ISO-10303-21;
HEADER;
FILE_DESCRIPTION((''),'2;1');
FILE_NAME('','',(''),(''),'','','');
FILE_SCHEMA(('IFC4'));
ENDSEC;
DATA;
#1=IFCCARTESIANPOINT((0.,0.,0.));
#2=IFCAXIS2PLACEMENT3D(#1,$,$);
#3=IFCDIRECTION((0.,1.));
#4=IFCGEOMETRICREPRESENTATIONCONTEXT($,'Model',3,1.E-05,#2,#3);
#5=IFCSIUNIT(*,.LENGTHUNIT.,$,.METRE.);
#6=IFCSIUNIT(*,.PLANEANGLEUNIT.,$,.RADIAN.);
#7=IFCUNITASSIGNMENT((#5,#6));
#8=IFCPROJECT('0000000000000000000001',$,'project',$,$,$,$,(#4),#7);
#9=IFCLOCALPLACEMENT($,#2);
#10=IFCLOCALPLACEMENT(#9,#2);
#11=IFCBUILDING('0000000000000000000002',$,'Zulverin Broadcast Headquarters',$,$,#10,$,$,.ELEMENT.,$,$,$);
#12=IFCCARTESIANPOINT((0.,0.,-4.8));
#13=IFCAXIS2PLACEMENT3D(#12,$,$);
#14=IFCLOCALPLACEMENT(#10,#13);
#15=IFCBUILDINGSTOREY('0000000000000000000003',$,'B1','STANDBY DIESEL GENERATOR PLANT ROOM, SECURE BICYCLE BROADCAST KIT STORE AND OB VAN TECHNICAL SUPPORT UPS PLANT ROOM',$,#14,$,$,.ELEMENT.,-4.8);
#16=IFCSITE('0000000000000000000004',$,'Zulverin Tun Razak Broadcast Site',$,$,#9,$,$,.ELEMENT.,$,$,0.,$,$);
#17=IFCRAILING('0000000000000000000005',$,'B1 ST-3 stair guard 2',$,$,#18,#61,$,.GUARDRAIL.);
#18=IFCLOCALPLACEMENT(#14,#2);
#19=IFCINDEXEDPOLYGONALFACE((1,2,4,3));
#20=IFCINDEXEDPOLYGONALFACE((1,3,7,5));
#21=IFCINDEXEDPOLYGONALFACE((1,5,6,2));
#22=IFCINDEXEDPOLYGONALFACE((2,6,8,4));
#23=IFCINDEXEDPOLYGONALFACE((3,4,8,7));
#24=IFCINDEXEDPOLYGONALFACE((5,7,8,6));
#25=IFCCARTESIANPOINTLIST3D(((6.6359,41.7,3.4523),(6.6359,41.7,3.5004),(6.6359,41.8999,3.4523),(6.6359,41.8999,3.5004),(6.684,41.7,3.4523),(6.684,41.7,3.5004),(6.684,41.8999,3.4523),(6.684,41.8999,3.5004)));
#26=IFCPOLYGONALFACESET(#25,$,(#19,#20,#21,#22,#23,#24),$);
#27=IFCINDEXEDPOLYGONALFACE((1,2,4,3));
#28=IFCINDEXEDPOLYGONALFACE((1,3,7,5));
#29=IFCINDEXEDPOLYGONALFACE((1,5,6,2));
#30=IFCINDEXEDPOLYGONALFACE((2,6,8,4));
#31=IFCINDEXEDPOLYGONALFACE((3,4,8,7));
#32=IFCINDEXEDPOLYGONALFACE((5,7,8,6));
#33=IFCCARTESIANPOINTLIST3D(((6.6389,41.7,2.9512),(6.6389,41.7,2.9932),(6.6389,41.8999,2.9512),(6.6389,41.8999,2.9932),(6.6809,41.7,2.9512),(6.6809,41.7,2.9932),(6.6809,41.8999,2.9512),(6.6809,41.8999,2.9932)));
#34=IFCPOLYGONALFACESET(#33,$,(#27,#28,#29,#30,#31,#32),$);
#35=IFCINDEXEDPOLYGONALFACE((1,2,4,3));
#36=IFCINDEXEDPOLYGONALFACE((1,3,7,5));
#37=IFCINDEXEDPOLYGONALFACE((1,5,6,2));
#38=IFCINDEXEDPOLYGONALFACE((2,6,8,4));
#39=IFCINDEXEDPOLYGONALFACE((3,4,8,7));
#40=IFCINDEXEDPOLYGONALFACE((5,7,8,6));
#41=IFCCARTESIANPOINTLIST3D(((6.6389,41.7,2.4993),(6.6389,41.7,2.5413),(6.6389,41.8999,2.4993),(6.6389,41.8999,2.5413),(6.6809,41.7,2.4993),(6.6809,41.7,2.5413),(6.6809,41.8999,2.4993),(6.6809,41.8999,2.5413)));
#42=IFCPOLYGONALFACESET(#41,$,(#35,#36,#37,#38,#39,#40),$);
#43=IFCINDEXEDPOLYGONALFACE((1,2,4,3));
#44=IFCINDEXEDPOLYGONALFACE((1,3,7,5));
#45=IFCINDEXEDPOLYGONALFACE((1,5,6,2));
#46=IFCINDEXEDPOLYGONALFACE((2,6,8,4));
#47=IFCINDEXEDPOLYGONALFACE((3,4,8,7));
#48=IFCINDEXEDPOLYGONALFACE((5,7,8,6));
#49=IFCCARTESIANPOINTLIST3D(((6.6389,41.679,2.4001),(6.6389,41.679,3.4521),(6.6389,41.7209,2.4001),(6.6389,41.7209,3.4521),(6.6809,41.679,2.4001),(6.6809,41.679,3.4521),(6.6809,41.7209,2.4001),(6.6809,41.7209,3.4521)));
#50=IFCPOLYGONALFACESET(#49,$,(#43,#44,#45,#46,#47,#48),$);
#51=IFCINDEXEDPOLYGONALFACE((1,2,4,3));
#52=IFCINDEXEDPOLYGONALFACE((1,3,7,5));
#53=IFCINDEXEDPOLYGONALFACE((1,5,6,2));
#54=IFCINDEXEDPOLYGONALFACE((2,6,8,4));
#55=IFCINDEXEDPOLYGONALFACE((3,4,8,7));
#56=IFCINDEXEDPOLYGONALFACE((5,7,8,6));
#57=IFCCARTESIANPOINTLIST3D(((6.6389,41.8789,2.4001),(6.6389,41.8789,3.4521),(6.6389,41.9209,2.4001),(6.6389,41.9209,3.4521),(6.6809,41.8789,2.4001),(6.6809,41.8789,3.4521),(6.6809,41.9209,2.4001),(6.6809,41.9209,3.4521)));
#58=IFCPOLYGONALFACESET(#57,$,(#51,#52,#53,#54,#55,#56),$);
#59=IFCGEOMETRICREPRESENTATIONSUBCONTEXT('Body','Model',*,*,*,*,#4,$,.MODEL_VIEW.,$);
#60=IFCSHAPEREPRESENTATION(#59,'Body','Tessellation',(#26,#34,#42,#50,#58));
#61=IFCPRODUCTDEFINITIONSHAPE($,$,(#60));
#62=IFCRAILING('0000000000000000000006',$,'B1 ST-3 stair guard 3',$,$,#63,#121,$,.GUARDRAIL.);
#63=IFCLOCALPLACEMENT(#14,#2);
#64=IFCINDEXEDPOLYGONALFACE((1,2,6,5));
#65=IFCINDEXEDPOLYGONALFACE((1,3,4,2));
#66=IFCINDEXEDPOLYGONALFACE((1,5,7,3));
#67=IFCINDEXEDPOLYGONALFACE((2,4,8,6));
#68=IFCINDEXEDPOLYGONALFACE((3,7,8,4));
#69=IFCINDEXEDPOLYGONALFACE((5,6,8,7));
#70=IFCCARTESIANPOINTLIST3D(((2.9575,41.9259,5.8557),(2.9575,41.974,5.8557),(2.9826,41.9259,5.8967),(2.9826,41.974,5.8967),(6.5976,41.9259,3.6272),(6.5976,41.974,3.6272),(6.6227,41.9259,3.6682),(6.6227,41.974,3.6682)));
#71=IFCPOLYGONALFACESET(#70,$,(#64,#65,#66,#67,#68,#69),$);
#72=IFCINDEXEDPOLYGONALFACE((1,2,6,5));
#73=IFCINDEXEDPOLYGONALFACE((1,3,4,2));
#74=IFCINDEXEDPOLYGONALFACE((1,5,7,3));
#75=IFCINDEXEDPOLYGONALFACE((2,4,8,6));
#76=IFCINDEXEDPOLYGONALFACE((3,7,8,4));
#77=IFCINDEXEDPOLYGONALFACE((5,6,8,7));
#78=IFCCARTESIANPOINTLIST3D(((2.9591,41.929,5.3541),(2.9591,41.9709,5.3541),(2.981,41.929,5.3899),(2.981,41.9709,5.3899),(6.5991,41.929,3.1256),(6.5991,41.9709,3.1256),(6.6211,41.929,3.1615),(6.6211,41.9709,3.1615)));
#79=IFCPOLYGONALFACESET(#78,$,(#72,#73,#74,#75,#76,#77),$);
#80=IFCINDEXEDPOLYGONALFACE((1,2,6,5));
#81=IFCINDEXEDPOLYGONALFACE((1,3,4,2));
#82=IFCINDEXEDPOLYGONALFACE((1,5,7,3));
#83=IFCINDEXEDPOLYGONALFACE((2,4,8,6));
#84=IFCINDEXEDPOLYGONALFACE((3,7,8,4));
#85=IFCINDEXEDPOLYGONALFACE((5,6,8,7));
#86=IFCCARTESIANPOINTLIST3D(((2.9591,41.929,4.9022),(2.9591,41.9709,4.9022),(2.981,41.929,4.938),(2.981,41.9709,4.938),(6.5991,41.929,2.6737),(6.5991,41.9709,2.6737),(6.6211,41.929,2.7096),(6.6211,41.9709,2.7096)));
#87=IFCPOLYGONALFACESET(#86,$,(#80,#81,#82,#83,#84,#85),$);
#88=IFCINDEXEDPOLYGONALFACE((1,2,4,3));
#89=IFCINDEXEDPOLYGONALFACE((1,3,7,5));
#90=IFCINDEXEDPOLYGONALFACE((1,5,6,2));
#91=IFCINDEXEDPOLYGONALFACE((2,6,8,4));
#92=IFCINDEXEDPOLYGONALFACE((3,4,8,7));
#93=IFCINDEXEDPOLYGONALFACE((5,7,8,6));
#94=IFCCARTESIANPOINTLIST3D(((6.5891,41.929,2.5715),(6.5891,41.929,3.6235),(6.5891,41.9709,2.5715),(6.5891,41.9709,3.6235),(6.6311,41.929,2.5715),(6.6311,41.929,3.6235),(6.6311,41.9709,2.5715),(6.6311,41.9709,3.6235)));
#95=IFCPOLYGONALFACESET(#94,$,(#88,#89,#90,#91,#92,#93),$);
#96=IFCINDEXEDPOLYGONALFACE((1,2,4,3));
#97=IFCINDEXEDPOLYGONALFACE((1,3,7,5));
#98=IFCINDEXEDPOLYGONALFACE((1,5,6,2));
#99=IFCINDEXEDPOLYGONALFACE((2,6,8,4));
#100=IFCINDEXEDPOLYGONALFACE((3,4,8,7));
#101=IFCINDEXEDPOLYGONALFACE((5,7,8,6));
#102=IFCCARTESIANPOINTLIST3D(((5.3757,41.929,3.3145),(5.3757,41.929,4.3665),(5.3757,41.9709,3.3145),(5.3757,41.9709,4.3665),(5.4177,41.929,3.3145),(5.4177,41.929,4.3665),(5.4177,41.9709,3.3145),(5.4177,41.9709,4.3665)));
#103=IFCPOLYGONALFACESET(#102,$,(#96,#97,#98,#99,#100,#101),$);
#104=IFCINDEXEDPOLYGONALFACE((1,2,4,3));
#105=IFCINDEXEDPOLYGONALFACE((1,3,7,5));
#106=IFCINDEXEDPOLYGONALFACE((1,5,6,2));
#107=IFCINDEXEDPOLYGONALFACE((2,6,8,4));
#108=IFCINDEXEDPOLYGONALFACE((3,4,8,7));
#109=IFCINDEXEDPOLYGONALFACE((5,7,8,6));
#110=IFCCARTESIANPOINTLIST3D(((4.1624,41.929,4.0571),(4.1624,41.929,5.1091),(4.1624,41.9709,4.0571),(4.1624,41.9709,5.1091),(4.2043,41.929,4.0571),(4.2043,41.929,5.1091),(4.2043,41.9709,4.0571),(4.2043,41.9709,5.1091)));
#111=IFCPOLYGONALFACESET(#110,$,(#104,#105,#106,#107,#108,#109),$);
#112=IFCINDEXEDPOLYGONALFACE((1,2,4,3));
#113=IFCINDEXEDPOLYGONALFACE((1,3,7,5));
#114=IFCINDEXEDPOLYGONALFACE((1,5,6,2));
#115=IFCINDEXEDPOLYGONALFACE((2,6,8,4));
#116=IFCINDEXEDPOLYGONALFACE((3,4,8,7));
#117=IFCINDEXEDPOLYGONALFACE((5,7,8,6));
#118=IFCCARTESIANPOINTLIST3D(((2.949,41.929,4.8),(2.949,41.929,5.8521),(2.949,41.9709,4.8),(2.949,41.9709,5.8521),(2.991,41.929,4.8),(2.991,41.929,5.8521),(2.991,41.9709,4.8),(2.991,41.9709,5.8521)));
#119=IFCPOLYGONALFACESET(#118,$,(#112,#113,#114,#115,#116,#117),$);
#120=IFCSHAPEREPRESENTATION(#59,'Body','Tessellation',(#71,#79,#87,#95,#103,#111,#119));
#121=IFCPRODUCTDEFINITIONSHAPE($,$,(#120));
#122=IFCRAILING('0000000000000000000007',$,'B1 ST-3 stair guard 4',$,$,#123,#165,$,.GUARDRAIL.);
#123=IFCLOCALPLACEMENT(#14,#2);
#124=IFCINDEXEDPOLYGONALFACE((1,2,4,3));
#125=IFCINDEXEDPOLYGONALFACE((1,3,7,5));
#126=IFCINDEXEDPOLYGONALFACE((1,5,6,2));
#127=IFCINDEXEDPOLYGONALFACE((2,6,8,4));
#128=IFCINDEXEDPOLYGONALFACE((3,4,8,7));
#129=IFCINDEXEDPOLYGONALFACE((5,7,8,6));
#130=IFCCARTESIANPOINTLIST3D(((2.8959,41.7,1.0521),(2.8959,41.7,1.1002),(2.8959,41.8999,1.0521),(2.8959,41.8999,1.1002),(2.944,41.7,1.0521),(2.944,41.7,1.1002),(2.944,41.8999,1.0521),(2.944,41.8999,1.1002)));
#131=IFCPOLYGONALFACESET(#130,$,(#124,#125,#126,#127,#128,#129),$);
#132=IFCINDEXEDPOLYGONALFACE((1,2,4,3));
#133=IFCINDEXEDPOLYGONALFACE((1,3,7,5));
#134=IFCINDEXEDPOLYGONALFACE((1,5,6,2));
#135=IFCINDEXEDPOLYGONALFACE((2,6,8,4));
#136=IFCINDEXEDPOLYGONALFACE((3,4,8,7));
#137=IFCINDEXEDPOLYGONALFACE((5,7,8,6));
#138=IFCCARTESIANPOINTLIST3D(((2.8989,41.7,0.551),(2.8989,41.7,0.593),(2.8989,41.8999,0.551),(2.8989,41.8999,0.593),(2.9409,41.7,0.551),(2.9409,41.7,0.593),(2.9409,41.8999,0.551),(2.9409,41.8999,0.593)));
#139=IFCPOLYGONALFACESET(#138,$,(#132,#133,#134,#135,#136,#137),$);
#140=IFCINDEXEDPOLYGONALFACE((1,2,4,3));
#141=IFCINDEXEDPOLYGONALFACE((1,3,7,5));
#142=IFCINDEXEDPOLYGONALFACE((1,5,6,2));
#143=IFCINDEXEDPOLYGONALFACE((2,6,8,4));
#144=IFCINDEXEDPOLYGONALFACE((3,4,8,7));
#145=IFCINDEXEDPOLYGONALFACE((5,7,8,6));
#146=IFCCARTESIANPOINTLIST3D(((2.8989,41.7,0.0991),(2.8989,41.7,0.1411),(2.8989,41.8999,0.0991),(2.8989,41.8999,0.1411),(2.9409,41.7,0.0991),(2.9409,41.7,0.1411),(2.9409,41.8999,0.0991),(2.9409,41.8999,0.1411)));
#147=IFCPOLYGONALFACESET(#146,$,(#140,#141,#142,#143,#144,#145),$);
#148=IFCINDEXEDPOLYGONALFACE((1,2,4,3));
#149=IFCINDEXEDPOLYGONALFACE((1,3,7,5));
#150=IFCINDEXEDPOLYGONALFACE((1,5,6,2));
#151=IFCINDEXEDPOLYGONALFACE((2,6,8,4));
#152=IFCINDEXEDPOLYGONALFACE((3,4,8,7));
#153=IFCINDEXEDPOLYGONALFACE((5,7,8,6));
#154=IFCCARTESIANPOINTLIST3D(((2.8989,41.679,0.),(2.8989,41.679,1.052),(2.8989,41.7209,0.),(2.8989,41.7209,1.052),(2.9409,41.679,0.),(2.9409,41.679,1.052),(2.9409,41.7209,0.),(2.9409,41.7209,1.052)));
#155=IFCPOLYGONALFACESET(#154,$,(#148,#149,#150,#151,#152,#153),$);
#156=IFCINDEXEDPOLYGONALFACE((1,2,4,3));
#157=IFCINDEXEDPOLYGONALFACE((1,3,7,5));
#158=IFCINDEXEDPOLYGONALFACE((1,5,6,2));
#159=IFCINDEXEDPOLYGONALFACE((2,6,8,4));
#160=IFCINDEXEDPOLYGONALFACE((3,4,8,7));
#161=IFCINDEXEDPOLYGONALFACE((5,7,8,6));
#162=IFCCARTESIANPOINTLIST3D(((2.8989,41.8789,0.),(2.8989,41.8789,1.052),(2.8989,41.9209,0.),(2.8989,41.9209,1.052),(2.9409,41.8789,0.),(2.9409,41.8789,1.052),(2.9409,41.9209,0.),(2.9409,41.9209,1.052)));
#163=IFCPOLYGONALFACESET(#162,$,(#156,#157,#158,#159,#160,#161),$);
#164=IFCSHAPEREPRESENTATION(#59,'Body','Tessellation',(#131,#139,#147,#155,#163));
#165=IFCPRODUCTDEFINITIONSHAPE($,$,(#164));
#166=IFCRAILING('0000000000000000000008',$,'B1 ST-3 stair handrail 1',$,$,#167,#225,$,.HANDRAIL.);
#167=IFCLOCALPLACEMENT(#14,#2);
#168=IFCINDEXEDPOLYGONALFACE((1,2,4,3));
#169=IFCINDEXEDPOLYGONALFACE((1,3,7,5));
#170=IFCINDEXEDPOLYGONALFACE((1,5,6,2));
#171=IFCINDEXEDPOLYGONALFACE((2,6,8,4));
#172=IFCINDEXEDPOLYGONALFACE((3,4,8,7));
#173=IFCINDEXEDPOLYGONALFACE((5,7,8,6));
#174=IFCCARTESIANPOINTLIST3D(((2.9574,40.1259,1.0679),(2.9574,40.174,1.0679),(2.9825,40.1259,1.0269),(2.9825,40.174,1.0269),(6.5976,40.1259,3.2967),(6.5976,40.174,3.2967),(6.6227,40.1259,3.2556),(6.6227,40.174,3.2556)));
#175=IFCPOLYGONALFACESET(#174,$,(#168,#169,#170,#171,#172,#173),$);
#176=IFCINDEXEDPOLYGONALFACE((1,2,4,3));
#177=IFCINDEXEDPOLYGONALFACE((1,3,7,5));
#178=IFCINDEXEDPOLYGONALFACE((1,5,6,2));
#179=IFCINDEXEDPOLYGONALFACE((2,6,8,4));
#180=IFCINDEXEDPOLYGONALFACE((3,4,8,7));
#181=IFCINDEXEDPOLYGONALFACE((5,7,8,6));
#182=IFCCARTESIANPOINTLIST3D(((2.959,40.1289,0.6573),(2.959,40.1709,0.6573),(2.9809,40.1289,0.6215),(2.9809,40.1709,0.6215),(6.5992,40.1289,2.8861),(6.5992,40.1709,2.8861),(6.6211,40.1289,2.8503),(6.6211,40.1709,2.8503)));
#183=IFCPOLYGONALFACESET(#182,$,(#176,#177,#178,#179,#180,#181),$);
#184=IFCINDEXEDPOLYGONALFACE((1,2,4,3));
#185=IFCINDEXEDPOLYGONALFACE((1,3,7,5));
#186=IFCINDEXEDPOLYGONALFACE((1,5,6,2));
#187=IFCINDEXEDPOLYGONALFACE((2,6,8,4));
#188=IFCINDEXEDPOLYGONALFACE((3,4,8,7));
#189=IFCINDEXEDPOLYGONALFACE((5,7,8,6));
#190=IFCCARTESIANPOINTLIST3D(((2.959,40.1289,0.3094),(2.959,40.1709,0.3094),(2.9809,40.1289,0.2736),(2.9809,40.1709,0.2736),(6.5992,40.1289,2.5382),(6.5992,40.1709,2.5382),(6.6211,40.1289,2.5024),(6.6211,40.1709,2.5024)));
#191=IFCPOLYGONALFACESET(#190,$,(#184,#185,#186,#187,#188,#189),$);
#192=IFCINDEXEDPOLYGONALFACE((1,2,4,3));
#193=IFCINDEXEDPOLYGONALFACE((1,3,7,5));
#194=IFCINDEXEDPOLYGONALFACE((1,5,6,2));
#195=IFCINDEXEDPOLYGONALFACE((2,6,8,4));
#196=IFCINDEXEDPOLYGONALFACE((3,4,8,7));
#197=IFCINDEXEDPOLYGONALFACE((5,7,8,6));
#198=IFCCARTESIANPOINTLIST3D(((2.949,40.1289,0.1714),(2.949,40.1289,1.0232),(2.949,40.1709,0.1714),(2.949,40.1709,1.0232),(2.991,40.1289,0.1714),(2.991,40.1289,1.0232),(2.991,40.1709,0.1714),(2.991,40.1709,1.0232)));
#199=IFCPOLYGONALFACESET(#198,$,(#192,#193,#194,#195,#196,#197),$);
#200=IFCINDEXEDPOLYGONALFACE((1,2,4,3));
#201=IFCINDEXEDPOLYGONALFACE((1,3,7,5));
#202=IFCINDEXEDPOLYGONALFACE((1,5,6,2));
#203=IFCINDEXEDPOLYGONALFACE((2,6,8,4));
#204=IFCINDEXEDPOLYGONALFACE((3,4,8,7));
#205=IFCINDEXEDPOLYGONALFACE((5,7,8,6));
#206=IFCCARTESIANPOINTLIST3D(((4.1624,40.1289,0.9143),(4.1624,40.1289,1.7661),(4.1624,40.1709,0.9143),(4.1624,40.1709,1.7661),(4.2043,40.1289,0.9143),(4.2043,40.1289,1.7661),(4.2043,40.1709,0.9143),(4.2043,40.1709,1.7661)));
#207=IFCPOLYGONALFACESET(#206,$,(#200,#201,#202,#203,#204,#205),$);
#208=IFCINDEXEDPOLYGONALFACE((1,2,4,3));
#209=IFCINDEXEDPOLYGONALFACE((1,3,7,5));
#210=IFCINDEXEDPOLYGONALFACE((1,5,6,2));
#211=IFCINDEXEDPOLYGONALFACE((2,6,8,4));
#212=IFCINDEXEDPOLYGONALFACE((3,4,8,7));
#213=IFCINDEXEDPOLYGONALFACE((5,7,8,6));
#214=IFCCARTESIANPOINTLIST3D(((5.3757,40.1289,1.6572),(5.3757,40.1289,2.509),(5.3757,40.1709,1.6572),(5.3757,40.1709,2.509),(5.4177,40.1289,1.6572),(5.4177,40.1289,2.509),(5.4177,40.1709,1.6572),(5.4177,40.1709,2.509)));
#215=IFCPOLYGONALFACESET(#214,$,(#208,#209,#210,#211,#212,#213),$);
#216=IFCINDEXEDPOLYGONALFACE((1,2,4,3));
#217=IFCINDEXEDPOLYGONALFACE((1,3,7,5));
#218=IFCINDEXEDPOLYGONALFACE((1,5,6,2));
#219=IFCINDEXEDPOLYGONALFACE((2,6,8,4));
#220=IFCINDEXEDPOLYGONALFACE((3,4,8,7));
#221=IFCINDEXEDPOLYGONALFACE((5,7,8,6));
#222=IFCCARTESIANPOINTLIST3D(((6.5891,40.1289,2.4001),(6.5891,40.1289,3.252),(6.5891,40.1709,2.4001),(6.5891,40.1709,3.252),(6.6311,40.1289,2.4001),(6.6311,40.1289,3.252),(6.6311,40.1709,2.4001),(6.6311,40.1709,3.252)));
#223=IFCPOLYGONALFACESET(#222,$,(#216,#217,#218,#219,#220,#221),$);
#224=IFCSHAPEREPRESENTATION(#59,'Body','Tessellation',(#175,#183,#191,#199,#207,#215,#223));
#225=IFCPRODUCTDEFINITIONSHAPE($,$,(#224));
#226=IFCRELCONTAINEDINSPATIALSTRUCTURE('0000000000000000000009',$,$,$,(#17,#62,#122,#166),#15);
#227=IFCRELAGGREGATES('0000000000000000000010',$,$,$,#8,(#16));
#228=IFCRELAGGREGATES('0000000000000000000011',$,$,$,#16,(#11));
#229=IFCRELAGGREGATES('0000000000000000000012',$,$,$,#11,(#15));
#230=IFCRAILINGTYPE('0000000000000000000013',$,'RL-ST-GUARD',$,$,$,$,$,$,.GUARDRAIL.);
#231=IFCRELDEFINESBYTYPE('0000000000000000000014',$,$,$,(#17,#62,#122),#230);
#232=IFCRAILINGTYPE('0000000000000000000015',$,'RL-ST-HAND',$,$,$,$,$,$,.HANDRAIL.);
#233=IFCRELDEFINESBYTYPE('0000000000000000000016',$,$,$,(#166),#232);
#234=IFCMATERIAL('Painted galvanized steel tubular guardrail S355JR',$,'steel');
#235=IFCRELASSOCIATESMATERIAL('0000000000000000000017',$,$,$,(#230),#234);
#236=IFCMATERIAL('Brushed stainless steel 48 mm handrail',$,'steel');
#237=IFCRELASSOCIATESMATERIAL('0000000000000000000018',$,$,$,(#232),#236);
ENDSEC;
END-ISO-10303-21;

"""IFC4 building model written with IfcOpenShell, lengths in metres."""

from ifc_helpers import new_model, si_unit, direction, frame, origin, origin_2d, place, context, subcontext, project, spatial, rectangle, extrude, material, type_object, element, save


model = new_model("IFC4")

# Units and contexts
model_context = context("Model", 3, precision=1e-05, world=origin(), true_north=direction((0.0, 1.0)))
body_context = subcontext(model_context, "Body", "Model", "MODEL_VIEW")
ifc_project = project(units=[si_unit("LENGTHUNIT", "METRE"), si_unit("PLANEANGLEUNIT", "RADIAN")], contexts=[model_context])

# Site, building, storey
site_placement = place(None, origin())
site = spatial("IfcSite", under=ifc_project, at=site_placement, Name="Zulverin Tun Razak Broadcast Site", CompositionType="ELEMENT", RefElevation=0.0)
building_placement = place(site_placement, origin())
building = spatial("IfcBuilding", under=site, at=building_placement, Name="Zulverin Broadcast Headquarters", CompositionType="ELEMENT")
storey_placement = place(building_placement, frame((0.0, 0.0, -4.8)))
storey = spatial("IfcBuildingStorey", under=building, at=storey_placement, Name="B1", Description="STANDBY DIESEL GENERATOR PLANT ROOM, SECURE BICYCLE BROADCAST KIT STORE AND OB VAN TECHNICAL SUPPORT UPS PLANT ROOM", CompositionType="ELEMENT", Elevation=-4.8)

# Railings
ifc_material_1 = material(Name="Painted galvanized steel tubular guardrail S355JR", Category="steel")
railing_type_1 = type_object("IfcRailingType", Name="RL-ST-GUARD", PredefinedType="GUARDRAIL", material=ifc_material_1)
railing_1_placement = place(storey_placement, frame((6.6599, 41.7, 2.4001)))
element("IfcRailing", 1, at=railing_1_placement, inside=storey, type_object=railing_type_1, Name="B1 ST-3 stair guard 2", PredefinedType="GUARDRAIL", context=body_context, shape_type="SweptSolid", body=[
    extrude(rectangle(XDim=0.0481, YDim=0.0481, at=origin_2d()), frame((0.0, 0.0, 1.0762), z_axis=(0.0, 1.0, 0.0), x_axis=(-1.0, 0.0, 0.0)), (0.0, 0.0, 1.0), 0.2),
    extrude(rectangle(XDim=0.042, YDim=0.042, at=origin_2d()), frame((0.0, 0.0, 0.572), z_axis=(0.0, 1.0, 0.0), x_axis=(-1.0, 0.0, 0.0)), (0.0, 0.0, 1.0), 0.2),
    extrude(rectangle(XDim=0.042, YDim=0.042, at=origin_2d()), frame((0.0, 0.0, 0.1201), z_axis=(0.0, 1.0, 0.0), x_axis=(-1.0, 0.0, 0.0)), (0.0, 0.0, 1.0), 0.2),
    extrude(rectangle(XDim=0.042, YDim=0.042, at=origin_2d()), origin(), (0.0, 0.0, 1.0), 1.052),
    extrude(rectangle(XDim=0.042, YDim=0.042, at=origin_2d()), frame((0.0, 0.2, 0.0)), (0.0, 0.0, 1.0), 1.052),
])
railing_2_placement = place(storey_placement, frame((6.6101, 41.95, 2.5715)))
element("IfcRailing", 2, at=railing_2_placement, inside=storey, type_object=railing_type_1, Name="B1 ST-3 stair guard 3", PredefinedType="GUARDRAIL", context=body_context, shape_type="SweptSolid", body=[
    extrude(rectangle(XDim=0.0481, YDim=0.0481, at=origin_2d()), frame((0.0, 0.0, 1.0762), z_axis=(-0.852866, 0.0, 0.52213), x_axis=(0.0, -1.0, 0.0)), (0.0, 0.0, 1.0), 4.2681),
    extrude(rectangle(XDim=0.042, YDim=0.042, at=origin_2d()), frame((0.0, 0.0, 0.572), z_axis=(-0.852866, 0.0, 0.52213), x_axis=(0.0, -1.0, 0.0)), (0.0, 0.0, 1.0), 4.2681),
    extrude(rectangle(XDim=0.042, YDim=0.042, at=origin_2d()), frame((0.0, 0.0, 0.1201), z_axis=(-0.852866, 0.0, 0.52213), x_axis=(0.0, -1.0, 0.0)), (0.0, 0.0, 1.0), 4.2681),
    extrude(rectangle(XDim=0.042, YDim=0.042, at=origin_2d()), origin(), (0.0, 0.0, 1.0), 1.052),
    extrude(rectangle(XDim=0.042, YDim=0.042, at=origin_2d()), frame((-1.2134, 0.0, 0.7429)), (0.0, 0.0, 1.0), 1.052),
    extrude(rectangle(XDim=0.042, YDim=0.042, at=origin_2d()), frame((-2.4268, 0.0, 1.4856)), (0.0, 0.0, 1.0), 1.052),
    extrude(rectangle(XDim=0.042, YDim=0.042, at=origin_2d()), frame((-3.6401, 0.0, 2.2285)), (0.0, 0.0, 1.0), 1.052),
])
railing_3_placement = place(storey_placement, frame((2.9199, 41.7, 0.0)))
element("IfcRailing", 3, at=railing_3_placement, inside=storey, type_object=railing_type_1, Name="B1 ST-3 stair guard 4", PredefinedType="GUARDRAIL", context=body_context, shape_type="SweptSolid", body=[
    extrude(rectangle(XDim=0.0481, YDim=0.0481, at=origin_2d()), frame((0.0, 0.0, 1.0762), z_axis=(0.0, 1.0, 0.0), x_axis=(-1.0, 0.0, 0.0)), (0.0, 0.0, 1.0), 0.2),
    extrude(rectangle(XDim=0.042, YDim=0.042, at=origin_2d()), frame((0.0, 0.0, 0.572), z_axis=(0.0, 1.0, 0.0), x_axis=(-1.0, 0.0, 0.0)), (0.0, 0.0, 1.0), 0.2),
    extrude(rectangle(XDim=0.042, YDim=0.042, at=origin_2d()), frame((0.0, 0.0, 0.1201), z_axis=(0.0, 1.0, 0.0), x_axis=(-1.0, 0.0, 0.0)), (0.0, 0.0, 1.0), 0.2),
    extrude(rectangle(XDim=0.042, YDim=0.042, at=origin_2d()), origin(), (0.0, 0.0, 1.0), 1.052),
    extrude(rectangle(XDim=0.042, YDim=0.042, at=origin_2d()), frame((0.0, 0.2, 0.0)), (0.0, 0.0, 1.0), 1.052),
])
ifc_material_2 = material(Name="Brushed stainless steel 48 mm handrail", Category="steel")
railing_type_2 = type_object("IfcRailingType", Name="RL-ST-HAND", PredefinedType="HANDRAIL", material=ifc_material_2)
railing_4_placement = place(storey_placement, frame((2.97, 40.1499, 0.1714)))
element("IfcRailing", 4, at=railing_4_placement, inside=storey, type_object=railing_type_2, Name="B1 ST-3 stair handrail 1", PredefinedType="HANDRAIL", context=body_context, shape_type="SweptSolid", body=[
    extrude(rectangle(XDim=0.0481, YDim=0.0481, at=origin_2d()), frame((0.0, 0.0, 0.876), z_axis=(0.85284, 0.0, 0.522172), x_axis=(0.0, 1.0, 0.0)), (0.0, 0.0, 1.0), 4.2683),
    extrude(rectangle(XDim=0.042, YDim=0.042, at=origin_2d()), frame((0.0, 0.0, 0.468), z_axis=(0.85284, 0.0, 0.522172), x_axis=(0.0, 1.0, 0.0)), (0.0, 0.0, 1.0), 4.2683),
    extrude(rectangle(XDim=0.042, YDim=0.042, at=origin_2d()), frame((0.0, 0.0, 0.1201), z_axis=(0.85284, 0.0, 0.522172), x_axis=(0.0, 1.0, 0.0)), (0.0, 0.0, 1.0), 4.2683),
    extrude(rectangle(XDim=0.042, YDim=0.042, at=origin_2d()), origin(), (0.0, 0.0, 1.0), 0.8518),
    extrude(rectangle(XDim=0.042, YDim=0.042, at=origin_2d()), frame((1.2134, 0.0, 0.7429)), (0.0, 0.0, 1.0), 0.8518),
    extrude(rectangle(XDim=0.042, YDim=0.042, at=origin_2d()), frame((2.4268, 0.0, 1.4858)), (0.0, 0.0, 1.0), 0.8518),
    extrude(rectangle(XDim=0.042, YDim=0.042, at=origin_2d()), frame((3.6401, 0.0, 2.2288)), (0.0, 0.0, 1.0), 0.8518),
])

save(model, "model.ifc")
